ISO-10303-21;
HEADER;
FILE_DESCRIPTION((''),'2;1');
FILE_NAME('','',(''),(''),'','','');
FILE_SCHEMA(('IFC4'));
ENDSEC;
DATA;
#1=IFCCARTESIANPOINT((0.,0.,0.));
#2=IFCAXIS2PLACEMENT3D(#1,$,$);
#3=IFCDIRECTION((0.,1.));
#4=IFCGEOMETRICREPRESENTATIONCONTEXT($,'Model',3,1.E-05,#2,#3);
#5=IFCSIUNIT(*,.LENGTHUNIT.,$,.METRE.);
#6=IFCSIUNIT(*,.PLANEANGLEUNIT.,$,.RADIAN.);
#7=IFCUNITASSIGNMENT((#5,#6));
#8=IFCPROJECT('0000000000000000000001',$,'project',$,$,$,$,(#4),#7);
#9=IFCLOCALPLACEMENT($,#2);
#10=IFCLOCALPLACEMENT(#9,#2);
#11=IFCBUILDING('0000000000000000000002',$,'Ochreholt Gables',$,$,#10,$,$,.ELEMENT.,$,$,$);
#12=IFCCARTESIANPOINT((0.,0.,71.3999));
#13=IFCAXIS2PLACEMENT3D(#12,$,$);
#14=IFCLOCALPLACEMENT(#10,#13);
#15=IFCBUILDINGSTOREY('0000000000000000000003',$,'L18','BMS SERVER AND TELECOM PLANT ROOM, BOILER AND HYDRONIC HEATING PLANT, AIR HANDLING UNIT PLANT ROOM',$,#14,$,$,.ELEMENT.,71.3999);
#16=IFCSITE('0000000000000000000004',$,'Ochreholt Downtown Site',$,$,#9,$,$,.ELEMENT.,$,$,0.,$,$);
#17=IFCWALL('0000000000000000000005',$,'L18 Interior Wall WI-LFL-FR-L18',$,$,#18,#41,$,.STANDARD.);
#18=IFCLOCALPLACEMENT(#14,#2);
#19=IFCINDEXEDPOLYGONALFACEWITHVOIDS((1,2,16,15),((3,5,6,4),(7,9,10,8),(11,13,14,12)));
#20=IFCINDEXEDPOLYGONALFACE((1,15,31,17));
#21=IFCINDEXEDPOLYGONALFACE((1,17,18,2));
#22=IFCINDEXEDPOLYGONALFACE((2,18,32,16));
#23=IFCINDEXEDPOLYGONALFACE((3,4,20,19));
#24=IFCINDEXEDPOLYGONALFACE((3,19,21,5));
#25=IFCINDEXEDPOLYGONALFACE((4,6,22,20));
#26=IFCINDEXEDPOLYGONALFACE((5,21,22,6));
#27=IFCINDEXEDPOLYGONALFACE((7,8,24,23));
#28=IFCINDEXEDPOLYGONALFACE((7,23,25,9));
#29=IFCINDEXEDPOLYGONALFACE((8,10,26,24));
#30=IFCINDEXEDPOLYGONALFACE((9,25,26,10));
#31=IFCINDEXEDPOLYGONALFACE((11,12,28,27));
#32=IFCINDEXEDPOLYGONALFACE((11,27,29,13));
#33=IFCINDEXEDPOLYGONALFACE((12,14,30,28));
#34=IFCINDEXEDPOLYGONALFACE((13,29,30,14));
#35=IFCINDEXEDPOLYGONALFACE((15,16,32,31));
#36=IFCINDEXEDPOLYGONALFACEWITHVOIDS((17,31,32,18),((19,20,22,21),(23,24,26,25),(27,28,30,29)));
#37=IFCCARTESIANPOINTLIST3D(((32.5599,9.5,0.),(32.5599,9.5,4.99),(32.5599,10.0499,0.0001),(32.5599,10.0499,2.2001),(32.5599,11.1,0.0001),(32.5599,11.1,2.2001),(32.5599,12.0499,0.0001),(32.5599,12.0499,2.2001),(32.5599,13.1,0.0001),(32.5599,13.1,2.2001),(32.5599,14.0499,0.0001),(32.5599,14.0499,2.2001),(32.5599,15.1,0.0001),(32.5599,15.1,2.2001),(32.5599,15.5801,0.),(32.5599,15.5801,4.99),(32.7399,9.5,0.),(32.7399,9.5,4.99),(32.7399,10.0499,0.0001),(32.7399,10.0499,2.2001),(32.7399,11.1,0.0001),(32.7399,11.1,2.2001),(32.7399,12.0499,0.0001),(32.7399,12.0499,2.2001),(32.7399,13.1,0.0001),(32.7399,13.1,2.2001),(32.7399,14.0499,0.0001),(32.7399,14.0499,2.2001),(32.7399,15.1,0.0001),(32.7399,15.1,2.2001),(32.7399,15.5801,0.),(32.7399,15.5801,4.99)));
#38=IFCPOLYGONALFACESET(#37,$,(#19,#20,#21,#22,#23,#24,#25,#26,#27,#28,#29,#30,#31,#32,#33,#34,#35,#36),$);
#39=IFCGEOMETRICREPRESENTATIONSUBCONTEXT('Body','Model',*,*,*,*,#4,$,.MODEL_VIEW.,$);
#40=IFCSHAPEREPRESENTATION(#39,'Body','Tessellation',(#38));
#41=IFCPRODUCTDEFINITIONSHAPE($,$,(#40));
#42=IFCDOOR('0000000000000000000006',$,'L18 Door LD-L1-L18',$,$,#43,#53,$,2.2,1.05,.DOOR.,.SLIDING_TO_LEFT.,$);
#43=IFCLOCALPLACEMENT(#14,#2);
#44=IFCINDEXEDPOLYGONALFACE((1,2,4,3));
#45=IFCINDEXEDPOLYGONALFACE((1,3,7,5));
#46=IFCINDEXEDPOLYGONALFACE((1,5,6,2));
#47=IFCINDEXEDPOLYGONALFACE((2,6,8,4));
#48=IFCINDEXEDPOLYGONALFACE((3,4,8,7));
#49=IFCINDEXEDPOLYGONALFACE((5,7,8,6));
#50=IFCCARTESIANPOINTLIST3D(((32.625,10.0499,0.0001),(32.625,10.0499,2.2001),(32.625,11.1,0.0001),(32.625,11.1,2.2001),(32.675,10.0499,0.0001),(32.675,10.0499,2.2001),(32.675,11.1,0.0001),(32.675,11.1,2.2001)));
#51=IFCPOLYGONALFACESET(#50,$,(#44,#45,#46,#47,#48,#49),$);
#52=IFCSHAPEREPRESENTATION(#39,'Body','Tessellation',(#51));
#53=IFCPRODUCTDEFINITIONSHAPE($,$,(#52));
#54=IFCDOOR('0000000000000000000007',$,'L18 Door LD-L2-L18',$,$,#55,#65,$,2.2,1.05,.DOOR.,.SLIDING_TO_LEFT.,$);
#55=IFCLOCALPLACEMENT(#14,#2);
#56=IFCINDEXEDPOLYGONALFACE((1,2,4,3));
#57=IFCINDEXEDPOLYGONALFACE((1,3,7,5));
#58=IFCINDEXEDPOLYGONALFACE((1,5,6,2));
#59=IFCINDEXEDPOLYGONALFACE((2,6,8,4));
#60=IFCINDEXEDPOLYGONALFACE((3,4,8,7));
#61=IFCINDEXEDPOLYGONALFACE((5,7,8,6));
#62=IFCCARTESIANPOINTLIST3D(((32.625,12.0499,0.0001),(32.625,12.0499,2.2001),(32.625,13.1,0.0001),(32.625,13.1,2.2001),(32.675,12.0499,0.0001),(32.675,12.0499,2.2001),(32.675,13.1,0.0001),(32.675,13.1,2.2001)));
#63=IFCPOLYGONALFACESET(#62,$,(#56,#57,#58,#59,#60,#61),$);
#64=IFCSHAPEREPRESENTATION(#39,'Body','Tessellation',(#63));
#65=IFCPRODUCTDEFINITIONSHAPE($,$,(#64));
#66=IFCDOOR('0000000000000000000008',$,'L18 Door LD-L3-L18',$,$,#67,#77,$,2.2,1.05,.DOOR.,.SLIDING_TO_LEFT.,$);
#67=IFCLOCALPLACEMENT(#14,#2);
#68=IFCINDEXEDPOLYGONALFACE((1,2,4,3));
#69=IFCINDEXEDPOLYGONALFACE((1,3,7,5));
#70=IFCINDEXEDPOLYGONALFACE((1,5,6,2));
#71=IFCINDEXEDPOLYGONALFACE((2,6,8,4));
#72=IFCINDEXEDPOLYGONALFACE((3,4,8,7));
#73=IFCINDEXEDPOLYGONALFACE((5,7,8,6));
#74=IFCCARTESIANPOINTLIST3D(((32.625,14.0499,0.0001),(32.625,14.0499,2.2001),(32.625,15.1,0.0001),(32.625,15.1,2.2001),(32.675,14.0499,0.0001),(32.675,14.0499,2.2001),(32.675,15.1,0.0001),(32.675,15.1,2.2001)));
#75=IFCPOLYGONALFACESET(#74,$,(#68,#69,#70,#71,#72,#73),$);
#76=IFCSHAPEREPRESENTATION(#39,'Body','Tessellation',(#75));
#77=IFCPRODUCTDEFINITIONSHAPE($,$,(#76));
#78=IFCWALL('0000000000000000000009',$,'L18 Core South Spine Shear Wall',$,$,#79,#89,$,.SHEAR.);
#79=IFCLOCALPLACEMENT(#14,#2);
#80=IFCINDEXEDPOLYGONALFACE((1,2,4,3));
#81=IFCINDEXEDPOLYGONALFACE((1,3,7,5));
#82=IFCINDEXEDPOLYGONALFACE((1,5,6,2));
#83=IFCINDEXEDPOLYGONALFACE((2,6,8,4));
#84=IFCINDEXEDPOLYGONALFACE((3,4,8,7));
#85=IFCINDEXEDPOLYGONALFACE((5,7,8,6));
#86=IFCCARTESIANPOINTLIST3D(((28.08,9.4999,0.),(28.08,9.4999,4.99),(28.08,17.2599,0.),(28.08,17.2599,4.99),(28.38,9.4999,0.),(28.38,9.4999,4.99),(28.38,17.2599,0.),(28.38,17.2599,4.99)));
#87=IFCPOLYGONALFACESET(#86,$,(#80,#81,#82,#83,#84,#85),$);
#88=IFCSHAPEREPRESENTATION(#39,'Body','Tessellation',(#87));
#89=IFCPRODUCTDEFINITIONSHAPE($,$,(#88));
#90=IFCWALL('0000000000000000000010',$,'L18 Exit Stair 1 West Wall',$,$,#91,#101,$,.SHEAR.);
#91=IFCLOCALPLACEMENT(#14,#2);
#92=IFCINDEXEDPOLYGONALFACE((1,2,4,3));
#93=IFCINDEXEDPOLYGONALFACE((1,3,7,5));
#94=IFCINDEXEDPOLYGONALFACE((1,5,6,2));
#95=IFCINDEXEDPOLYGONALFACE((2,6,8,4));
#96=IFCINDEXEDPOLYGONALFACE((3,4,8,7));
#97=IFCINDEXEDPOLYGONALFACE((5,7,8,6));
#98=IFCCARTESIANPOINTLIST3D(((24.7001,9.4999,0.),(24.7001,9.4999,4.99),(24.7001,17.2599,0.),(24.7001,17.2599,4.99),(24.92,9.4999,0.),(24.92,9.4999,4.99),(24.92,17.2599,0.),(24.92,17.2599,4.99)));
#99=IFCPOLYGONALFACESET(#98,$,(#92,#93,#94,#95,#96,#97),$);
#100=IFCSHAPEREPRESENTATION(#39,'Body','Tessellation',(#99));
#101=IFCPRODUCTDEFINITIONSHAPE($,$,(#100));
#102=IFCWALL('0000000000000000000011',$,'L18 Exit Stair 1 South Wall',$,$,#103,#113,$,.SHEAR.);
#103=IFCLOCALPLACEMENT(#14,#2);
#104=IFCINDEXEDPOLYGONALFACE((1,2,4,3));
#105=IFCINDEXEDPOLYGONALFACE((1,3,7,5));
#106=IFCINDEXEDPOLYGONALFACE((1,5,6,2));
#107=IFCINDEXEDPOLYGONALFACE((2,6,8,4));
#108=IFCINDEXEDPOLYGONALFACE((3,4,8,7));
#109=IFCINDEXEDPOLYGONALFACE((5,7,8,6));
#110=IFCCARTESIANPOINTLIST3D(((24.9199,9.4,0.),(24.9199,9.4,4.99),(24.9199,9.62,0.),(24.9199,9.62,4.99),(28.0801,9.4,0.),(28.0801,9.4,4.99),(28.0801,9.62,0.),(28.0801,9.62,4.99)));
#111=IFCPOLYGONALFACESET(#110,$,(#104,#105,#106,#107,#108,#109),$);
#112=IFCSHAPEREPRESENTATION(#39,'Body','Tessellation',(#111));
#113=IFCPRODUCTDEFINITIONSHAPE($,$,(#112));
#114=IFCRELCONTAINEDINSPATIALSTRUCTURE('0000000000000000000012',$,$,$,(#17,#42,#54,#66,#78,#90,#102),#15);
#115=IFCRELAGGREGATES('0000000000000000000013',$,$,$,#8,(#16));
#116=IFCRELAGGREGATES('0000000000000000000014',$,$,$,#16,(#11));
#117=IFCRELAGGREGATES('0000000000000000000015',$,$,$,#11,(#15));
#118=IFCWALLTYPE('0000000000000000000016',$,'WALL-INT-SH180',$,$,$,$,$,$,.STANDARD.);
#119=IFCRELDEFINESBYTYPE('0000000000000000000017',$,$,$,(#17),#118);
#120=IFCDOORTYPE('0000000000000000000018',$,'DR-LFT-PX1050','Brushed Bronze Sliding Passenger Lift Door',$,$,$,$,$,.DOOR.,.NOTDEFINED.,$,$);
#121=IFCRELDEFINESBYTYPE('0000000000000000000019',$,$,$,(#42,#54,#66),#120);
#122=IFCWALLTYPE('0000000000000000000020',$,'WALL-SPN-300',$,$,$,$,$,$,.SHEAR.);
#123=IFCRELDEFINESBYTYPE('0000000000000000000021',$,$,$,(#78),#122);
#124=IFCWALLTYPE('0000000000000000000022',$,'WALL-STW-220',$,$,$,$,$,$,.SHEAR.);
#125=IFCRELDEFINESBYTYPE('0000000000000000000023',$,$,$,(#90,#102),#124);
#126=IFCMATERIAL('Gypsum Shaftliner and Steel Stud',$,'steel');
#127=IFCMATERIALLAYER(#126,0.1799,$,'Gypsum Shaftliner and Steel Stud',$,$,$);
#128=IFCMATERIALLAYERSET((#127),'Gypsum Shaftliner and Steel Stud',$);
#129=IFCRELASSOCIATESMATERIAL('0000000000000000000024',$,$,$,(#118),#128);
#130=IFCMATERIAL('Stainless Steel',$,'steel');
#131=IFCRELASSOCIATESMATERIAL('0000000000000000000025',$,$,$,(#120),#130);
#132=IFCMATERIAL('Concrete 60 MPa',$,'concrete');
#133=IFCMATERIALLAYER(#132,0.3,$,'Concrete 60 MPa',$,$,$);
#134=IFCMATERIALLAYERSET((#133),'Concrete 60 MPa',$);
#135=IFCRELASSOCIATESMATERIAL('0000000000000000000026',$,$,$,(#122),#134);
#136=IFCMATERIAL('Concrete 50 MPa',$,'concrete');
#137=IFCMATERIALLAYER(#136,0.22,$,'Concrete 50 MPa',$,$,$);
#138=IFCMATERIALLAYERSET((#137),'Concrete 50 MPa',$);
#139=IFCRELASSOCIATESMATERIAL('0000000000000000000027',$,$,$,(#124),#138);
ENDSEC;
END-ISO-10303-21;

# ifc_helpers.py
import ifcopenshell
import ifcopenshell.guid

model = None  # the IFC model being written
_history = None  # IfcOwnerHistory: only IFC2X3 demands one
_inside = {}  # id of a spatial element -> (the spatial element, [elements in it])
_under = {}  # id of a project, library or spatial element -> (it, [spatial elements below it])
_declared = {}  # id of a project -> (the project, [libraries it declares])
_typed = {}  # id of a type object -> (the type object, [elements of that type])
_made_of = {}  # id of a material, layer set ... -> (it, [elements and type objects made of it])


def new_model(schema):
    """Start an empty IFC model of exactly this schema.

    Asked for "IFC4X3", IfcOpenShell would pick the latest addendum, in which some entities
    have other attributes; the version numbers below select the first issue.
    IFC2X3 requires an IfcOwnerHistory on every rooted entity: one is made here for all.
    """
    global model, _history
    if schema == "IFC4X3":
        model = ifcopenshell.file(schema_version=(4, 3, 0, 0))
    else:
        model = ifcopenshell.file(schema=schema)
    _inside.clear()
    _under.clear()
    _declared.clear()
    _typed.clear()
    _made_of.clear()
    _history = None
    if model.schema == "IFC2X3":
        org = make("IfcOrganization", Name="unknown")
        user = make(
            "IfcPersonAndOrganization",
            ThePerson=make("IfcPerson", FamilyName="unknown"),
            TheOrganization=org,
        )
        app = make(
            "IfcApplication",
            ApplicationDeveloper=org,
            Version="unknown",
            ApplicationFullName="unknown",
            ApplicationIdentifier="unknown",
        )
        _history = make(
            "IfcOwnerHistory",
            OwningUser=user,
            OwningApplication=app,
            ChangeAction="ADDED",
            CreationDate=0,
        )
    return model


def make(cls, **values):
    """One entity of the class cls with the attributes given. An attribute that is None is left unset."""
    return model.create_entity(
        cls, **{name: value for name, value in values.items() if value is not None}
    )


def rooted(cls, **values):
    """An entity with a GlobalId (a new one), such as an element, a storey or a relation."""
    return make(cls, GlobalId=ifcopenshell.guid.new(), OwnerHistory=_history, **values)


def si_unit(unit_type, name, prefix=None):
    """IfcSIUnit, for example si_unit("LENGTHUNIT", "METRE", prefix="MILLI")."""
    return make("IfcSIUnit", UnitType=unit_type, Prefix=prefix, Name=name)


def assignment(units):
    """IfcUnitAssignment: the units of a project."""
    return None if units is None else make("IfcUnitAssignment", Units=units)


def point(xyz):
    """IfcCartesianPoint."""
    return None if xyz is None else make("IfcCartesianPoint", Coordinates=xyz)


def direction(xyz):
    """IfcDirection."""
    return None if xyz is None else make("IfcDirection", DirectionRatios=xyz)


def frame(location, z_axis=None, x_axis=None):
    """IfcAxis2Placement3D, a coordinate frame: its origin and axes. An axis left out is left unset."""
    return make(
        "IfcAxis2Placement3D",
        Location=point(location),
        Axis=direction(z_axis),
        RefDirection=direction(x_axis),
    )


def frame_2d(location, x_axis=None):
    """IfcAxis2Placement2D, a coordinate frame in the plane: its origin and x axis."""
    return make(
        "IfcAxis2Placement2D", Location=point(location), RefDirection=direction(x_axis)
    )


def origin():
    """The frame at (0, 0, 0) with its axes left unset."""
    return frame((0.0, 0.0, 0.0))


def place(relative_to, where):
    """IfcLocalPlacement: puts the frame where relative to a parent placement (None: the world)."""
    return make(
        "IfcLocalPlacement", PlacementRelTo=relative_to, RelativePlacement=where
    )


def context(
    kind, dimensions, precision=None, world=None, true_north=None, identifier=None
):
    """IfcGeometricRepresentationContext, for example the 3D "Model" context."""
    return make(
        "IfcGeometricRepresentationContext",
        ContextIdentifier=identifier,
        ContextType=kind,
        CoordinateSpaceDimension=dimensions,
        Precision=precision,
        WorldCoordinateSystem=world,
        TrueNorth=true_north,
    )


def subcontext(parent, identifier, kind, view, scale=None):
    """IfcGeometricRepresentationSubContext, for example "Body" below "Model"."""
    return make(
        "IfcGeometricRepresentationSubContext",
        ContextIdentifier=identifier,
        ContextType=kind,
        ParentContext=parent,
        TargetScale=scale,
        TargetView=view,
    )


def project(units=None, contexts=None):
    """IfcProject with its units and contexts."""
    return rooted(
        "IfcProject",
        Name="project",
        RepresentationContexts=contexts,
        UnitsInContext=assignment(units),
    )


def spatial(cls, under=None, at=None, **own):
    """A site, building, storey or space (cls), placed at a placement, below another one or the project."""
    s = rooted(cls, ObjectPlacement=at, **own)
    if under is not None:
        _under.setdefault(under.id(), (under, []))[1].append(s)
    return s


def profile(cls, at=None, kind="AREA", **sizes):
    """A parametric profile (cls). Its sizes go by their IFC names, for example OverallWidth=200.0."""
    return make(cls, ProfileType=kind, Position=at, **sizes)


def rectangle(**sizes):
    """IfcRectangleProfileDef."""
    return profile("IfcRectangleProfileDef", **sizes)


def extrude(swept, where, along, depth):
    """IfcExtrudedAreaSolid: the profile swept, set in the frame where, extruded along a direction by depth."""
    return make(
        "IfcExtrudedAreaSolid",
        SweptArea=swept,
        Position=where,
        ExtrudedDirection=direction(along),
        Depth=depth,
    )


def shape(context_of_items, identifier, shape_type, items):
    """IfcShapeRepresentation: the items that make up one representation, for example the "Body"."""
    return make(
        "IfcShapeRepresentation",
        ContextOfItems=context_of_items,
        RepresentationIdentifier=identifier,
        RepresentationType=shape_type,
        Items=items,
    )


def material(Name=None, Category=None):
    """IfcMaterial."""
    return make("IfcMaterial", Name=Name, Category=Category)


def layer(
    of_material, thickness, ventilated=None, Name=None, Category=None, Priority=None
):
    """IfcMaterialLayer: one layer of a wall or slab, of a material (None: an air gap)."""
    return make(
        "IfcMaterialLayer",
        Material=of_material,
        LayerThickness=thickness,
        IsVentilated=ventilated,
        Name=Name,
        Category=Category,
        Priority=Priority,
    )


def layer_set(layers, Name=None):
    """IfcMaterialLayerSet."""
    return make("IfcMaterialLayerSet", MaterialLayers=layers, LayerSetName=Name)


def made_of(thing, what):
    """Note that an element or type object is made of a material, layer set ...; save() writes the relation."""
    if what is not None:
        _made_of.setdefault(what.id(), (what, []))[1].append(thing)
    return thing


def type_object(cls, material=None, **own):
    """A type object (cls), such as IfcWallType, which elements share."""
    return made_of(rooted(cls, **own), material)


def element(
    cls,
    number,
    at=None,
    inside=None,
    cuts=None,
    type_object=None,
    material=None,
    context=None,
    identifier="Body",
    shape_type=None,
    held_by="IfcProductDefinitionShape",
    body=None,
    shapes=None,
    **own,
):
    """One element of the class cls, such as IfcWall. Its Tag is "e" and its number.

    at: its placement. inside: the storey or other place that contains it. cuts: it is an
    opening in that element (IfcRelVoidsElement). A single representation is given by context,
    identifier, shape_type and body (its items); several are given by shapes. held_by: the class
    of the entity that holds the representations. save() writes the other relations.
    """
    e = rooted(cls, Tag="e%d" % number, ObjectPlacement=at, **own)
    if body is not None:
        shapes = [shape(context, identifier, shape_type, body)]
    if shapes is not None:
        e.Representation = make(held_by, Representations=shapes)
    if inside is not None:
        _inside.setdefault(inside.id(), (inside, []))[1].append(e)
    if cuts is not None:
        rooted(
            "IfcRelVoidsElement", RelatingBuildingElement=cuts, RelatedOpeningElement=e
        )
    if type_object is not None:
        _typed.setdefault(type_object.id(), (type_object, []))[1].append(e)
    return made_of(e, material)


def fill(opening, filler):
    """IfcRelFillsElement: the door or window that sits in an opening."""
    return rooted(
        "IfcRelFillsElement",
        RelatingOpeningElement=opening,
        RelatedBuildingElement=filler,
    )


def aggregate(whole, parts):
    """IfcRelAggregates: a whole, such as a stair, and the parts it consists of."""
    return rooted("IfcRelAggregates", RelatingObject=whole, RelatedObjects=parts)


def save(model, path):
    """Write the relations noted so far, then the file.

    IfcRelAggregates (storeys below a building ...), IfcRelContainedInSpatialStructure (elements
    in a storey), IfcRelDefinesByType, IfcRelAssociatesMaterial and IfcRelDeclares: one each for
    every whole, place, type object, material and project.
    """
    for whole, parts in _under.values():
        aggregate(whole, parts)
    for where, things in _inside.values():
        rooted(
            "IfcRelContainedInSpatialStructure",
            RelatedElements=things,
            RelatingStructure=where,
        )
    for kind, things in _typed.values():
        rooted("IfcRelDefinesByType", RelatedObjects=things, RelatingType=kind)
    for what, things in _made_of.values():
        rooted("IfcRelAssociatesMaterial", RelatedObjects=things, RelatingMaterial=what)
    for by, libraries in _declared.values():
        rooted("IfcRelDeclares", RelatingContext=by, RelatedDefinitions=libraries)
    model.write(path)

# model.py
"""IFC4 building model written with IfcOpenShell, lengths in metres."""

from ifc_helpers import new_model, si_unit, direction, frame, frame_2d, origin, place, context, subcontext, project, spatial, rectangle, extrude, material, layer, layer_set, type_object, element, fill, save


model = new_model("IFC4")

# Units and contexts
model_context = context("Model", 3, precision=1e-05, world=origin(), true_north=direction((0.0, 1.0)))
body_context = subcontext(model_context, "Body", "Model", "MODEL_VIEW")
ifc_project = project(units=[si_unit("LENGTHUNIT", "METRE"), si_unit("PLANEANGLEUNIT", "RADIAN")], contexts=[model_context])

# Site, building, storey
site_placement = place(None, origin())
site = spatial("IfcSite", under=ifc_project, at=site_placement, Name="Ochreholt Downtown Site", CompositionType="ELEMENT", RefElevation=0.0)
building_placement = place(site_placement, origin())
building = spatial("IfcBuilding", under=site, at=building_placement, Name="Ochreholt Gables", CompositionType="ELEMENT")
storey_placement = place(building_placement, frame((0.0, 0.0, 71.3999)))
storey = spatial("IfcBuildingStorey", under=building, at=storey_placement, Name="L18", Description="BMS SERVER AND TELECOM PLANT ROOM, BOILER AND HYDRONIC HEATING PLANT, AIR HANDLING UNIT PLANT ROOM", CompositionType="ELEMENT", Elevation=71.3999)

# Shared definitions
ifc_material_1 = material(Name="Concrete 60 MPa", Category="concrete")

# Shared definitions
ifc_material_2 = material(Name="Gypsum Shaftliner and Steel Stud", Category="steel")

# Wall, openings, doors
ifc_layer_1 = layer(ifc_material_2, 0.1799, Name="Gypsum Shaftliner and Steel Stud")
ifc_layer_set_1 = layer_set([ifc_layer_1], Name="Gypsum Shaftliner and Steel Stud")
wall_type_1 = type_object("IfcWallType", Name="WALL-INT-SH180", PredefinedType="STANDARD", material=ifc_layer_set_1)
wall_1_placement = place(storey_placement, frame((32.6499, 9.5, 0.0), z_axis=(0.0, 0.0, 1.0), x_axis=(0.0, 1.0, 0.0)))
wall_1 = element("IfcWall", 1, at=wall_1_placement, inside=storey, type_object=wall_type_1, Name="L18 Interior Wall WI-LFL-FR-L18", PredefinedType="STANDARD", context=body_context, shape_type="SweptSolid", body=[
    extrude(rectangle(XDim=6.0801, YDim=0.1799, at=frame_2d((3.04, 0.0))), origin(), (0.0, 0.0, 1.0), 4.99),
])
opening_1_placement = place(wall_1_placement, frame((0.55, 0.0, 0.0)))
opening_1 = element("IfcOpeningElement", 2, at=opening_1_placement, cuts=wall_1, PredefinedType="OPENING", context=body_context, shape_type="SweptSolid", body=[
    extrude(rectangle(XDim=1.05, YDim=2.2, at=frame_2d((0.5249, 1.1001))), frame((0.0, 0.0999, 0.0), z_axis=(0.0, -1.0, 0.0), x_axis=(1.0, 0.0, 0.0)), (0.0, 0.0, 1.0), 0.2),
])
opening_2_placement = place(wall_1_placement, frame((2.55, 0.0, 0.0)))
opening_2 = element("IfcOpeningElement", 3, at=opening_2_placement, cuts=wall_1, PredefinedType="OPENING", context=body_context, shape_type="SweptSolid", body=[
    extrude(rectangle(XDim=1.05, YDim=2.2, at=frame_2d((0.5249, 1.1001))), frame((0.0, 0.0999, 0.0), z_axis=(0.0, -1.0, 0.0), x_axis=(1.0, 0.0, 0.0)), (0.0, 0.0, 1.0), 0.2),
])
opening_3_placement = place(wall_1_placement, frame((4.55, 0.0, 0.0)))
opening_3 = element("IfcOpeningElement", 4, at=opening_3_placement, cuts=wall_1, PredefinedType="OPENING", context=body_context, shape_type="SweptSolid", body=[
    extrude(rectangle(XDim=1.05, YDim=2.2, at=frame_2d((0.5249, 1.1001))), frame((0.0, 0.0999, 0.0), z_axis=(0.0, -1.0, 0.0), x_axis=(1.0, 0.0, 0.0)), (0.0, 0.0, 1.0), 0.2),
])
ifc_material_3 = material(Name="Stainless Steel", Category="steel")
door_type_1 = type_object("IfcDoorType", Name="DR-LFT-PX1050", Description="Brushed Bronze Sliding Passenger Lift Door", OperationType="NOTDEFINED", PredefinedType="DOOR", material=ifc_material_3)
door_1_placement = place(opening_1_placement, origin())
door_1 = element("IfcDoor", 5, at=door_1_placement, inside=storey, type_object=door_type_1, Name="L18 Door LD-L1-L18", OperationType="SLIDING_TO_LEFT", OverallHeight=2.2, OverallWidth=1.05, PredefinedType="DOOR", context=body_context, shape_type="SweptSolid", body=[
    extrude(rectangle(XDim=1.05, YDim=2.2, at=frame_2d((0.5249, 1.1001))), frame((0.0, 0.0249, 0.0), z_axis=(0.0, -1.0, 0.0), x_axis=(1.0, 0.0, 0.0)), (0.0, 0.0, 1.0), 0.05),
])
fill(opening_1, door_1)
door_2_placement = place(opening_2_placement, origin())
door_2 = element("IfcDoor", 6, at=door_2_placement, inside=storey, type_object=door_type_1, Name="L18 Door LD-L2-L18", OperationType="SLIDING_TO_LEFT", OverallHeight=2.2, OverallWidth=1.05, PredefinedType="DOOR", context=body_context, shape_type="SweptSolid", body=[
    extrude(rectangle(XDim=1.05, YDim=2.2, at=frame_2d((0.5249, 1.1001))), frame((0.0, 0.0249, 0.0), z_axis=(0.0, -1.0, 0.0), x_axis=(1.0, 0.0, 0.0)), (0.0, 0.0, 1.0), 0.05),
])
fill(opening_2, door_2)
door_3_placement = place(opening_3_placement, origin())
door_3 = element("IfcDoor", 7, at=door_3_placement, inside=storey, type_object=door_type_1, Name="L18 Door LD-L3-L18", OperationType="SLIDING_TO_LEFT", OverallHeight=2.2, OverallWidth=1.05, PredefinedType="DOOR", context=body_context, shape_type="SweptSolid", body=[
    extrude(rectangle(XDim=1.05, YDim=2.2, at=frame_2d((0.5249, 1.1001))), frame((0.0, 0.0249, 0.0), z_axis=(0.0, -1.0, 0.0), x_axis=(1.0, 0.0, 0.0)), (0.0, 0.0, 1.0), 0.05),
])
fill(opening_3, door_3)

# Walls
ifc_layer_2 = layer(ifc_material_1, 0.3, Name="Concrete 60 MPa")
ifc_layer_set_2 = layer_set([ifc_layer_2], Name="Concrete 60 MPa")
wall_type_2 = type_object("IfcWallType", Name="WALL-SPN-300", PredefinedType="SHEAR", material=ifc_layer_set_2)
wall_2_placement = place(storey_placement, frame((28.23, 9.5, 0.0), z_axis=(0.0, 0.0, 1.0), x_axis=(0.0, 1.0, 0.0)))
element("IfcWall", 8, at=wall_2_placement, inside=storey, type_object=wall_type_2, Name="L18 Core South Spine Shear Wall", PredefinedType="SHEAR", context=body_context, shape_type="SweptSolid", body=[
    extrude(rectangle(XDim=7.76, YDim=0.3, at=frame_2d((3.8799, 0.0))), origin(), (0.0, 0.0, 1.0), 4.99),
])
ifc_material_4 = material(Name="Concrete 50 MPa", Category="concrete")
ifc_layer_3 = layer(ifc_material_4, 0.22, Name="Concrete 50 MPa")
ifc_layer_set_3 = layer_set([ifc_layer_3], Name="Concrete 50 MPa")
wall_type_3 = type_object("IfcWallType", Name="WALL-STW-220", PredefinedType="SHEAR", material=ifc_layer_set_3)
wall_3_placement = place(storey_placement, frame((24.8101, 9.5, 0.0), z_axis=(0.0, 0.0, 1.0), x_axis=(0.0, 1.0, 0.0)))
element("IfcWall", 9, at=wall_3_placement, inside=storey, type_object=wall_type_3, Name="L18 Exit Stair 1 West Wall", PredefinedType="SHEAR", context=body_context, shape_type="SweptSolid", body=[
    extrude(rectangle(XDim=7.76, YDim=0.22, at=frame_2d((3.8799, 0.0))), origin(), (0.0, 0.0, 1.0), 4.99),
])
wall_4_placement = place(storey_placement, frame((24.9199, 9.51, 0.0), z_axis=(0.0, 0.0, 1.0), x_axis=(1.0, 0.0, 0.0)))
element("IfcWall", 10, at=wall_4_placement, inside=storey, type_object=wall_type_3, Name="L18 Exit Stair 1 South Wall", PredefinedType="SHEAR", context=body_context, shape_type="SweptSolid", body=[
    extrude(rectangle(XDim=3.1602, YDim=0.22, at=frame_2d((1.5801, 0.0))), origin(), (0.0, 0.0, 1.0), 4.99),
])

save(model, "model.ifc")
